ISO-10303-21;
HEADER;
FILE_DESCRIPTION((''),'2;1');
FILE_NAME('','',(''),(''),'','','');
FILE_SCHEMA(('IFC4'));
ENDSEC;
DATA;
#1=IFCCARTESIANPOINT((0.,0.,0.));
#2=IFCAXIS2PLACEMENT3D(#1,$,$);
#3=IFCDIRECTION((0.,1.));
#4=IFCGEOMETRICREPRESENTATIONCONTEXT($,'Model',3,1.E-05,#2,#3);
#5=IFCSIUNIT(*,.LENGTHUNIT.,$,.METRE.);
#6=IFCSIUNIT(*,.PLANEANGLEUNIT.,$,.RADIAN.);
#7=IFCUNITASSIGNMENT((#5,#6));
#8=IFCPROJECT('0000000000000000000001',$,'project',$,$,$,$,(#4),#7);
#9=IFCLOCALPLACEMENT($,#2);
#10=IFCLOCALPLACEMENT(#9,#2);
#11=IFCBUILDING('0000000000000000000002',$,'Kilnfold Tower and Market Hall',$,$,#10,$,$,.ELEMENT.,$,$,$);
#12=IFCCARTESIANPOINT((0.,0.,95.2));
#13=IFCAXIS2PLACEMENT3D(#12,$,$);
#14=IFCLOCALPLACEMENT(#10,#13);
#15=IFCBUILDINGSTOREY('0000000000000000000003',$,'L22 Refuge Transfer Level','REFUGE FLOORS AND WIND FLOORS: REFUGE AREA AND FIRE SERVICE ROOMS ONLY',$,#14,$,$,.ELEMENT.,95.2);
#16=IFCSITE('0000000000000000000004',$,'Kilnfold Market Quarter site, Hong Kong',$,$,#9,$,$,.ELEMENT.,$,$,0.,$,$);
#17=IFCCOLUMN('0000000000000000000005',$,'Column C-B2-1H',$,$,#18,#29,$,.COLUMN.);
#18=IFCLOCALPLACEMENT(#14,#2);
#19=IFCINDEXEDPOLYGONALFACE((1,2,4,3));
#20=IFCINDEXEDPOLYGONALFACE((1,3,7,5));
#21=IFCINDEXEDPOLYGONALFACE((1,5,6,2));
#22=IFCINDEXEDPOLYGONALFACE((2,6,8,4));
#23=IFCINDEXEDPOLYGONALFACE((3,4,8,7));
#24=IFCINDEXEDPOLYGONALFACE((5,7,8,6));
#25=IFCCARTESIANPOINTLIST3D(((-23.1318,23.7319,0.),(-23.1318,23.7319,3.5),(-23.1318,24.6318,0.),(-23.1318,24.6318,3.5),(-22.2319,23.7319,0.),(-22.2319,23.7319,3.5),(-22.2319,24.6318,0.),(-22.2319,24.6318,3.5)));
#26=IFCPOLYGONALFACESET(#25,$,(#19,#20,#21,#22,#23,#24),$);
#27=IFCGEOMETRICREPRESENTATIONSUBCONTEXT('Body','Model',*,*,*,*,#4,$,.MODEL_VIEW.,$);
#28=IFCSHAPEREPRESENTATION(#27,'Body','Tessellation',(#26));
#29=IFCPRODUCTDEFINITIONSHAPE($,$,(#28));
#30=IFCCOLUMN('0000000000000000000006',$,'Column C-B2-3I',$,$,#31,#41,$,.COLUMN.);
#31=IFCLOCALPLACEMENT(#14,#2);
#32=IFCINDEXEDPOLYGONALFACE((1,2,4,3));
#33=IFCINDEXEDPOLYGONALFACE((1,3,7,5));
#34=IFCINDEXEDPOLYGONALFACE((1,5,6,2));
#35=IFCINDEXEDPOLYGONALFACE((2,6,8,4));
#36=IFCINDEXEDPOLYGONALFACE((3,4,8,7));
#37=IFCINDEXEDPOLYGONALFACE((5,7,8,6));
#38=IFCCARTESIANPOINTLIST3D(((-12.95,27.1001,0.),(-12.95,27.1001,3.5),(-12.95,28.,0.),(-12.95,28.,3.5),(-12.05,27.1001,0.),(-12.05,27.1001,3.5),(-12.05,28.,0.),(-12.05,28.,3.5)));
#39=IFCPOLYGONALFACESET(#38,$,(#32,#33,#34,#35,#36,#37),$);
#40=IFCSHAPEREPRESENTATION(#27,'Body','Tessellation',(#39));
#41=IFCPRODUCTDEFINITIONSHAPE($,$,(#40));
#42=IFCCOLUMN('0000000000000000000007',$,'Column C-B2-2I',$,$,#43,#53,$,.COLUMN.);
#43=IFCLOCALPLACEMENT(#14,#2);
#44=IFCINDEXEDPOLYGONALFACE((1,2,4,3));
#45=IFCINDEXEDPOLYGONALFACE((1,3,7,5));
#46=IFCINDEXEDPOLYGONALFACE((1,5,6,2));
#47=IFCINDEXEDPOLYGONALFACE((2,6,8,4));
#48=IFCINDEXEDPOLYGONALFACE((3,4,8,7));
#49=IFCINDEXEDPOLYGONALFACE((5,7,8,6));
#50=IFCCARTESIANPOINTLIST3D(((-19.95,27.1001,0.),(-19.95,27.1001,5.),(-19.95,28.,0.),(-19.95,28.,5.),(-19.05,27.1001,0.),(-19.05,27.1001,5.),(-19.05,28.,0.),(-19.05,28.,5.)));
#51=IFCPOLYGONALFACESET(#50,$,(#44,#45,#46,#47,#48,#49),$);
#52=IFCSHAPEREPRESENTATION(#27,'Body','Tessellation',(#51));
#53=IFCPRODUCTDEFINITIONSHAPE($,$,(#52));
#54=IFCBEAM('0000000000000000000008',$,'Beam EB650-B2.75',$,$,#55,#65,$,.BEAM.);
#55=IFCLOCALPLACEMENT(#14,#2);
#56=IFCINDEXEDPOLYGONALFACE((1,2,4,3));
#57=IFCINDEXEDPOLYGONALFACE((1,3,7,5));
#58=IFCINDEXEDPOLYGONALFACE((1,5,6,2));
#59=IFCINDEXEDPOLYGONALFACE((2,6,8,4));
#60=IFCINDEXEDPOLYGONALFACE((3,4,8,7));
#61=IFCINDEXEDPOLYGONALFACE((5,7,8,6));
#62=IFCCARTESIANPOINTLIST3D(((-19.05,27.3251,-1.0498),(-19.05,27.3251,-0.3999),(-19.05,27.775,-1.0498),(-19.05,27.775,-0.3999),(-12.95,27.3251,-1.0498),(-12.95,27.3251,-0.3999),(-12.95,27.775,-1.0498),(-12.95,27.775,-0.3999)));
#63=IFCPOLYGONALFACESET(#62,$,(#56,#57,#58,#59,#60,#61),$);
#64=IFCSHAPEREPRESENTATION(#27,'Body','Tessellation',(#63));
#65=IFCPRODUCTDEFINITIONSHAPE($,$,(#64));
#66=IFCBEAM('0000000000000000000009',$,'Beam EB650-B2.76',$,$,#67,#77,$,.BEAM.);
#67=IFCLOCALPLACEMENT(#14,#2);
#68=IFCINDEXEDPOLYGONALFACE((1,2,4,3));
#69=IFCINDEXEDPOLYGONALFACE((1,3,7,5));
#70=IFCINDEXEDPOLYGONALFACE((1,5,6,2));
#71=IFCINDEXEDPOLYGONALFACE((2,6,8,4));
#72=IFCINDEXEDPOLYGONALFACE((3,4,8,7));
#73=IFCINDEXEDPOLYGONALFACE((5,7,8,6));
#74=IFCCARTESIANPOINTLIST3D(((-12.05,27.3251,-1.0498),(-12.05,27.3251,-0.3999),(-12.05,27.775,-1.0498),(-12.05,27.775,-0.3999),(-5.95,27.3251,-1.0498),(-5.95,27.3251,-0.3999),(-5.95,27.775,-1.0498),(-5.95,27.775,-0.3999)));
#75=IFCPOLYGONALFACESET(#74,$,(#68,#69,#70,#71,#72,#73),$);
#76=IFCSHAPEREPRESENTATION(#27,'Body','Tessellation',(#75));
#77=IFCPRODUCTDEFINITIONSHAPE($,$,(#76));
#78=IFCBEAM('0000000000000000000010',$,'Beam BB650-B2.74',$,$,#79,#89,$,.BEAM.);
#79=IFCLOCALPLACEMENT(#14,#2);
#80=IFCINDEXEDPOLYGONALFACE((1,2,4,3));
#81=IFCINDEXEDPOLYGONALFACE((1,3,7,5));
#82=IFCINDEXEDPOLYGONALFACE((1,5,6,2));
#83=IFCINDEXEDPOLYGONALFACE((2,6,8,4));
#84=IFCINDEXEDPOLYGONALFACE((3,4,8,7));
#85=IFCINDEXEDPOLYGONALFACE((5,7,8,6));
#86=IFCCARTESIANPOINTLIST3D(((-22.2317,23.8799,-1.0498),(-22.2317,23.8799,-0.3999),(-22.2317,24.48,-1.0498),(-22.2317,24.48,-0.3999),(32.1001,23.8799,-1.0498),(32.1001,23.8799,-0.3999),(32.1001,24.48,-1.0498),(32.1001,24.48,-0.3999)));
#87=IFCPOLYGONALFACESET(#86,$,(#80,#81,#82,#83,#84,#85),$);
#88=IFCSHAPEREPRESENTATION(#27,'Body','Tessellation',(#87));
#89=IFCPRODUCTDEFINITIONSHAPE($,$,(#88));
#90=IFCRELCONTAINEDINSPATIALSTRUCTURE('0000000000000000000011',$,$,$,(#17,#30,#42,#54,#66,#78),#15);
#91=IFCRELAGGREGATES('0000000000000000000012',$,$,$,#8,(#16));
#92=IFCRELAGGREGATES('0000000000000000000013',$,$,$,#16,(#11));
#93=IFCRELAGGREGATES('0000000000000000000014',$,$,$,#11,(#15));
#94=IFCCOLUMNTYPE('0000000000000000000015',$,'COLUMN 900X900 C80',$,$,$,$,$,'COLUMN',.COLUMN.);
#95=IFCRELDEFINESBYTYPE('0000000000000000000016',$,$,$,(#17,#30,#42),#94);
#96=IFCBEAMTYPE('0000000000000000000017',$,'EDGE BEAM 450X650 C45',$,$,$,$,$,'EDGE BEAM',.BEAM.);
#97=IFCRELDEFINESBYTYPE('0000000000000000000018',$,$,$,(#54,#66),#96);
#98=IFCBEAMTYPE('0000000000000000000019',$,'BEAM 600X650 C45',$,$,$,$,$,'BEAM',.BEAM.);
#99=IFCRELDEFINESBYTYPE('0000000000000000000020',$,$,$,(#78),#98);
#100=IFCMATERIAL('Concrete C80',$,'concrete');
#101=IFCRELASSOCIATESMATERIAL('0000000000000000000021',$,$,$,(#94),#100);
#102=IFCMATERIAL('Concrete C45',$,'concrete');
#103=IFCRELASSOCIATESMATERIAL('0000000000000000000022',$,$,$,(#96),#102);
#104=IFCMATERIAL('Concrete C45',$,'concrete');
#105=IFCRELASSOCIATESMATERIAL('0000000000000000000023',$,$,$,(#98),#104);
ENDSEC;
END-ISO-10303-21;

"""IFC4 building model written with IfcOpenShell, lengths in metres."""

from ifc_helpers import new_model, si_unit, direction, frame, origin, origin_2d, place, context, subcontext, project, spatial, rectangle, extrude, source, transform, mapped, material, material_profile, profile_set, type_object, element, save


model = new_model("IFC4")

# Units and contexts
model_context = context("Model", 3, precision=1e-05, world=origin(), true_north=direction((0.0, 1.0)))
body_context = subcontext(model_context, "Body", "Model", "MODEL_VIEW")
ifc_project = project(units=[si_unit("LENGTHUNIT", "METRE"), si_unit("PLANEANGLEUNIT", "RADIAN")], contexts=[model_context])

# Site, building, storey
site_placement = place(None, origin())
site = spatial("IfcSite", under=ifc_project, at=site_placement, Name="Kilnfold Market Quarter site, Hong Kong", CompositionType="ELEMENT", RefElevation=0.0)
building_placement = place(site_placement, origin())
building = spatial("IfcBuilding", under=site, at=building_placement, Name="Kilnfold Tower and Market Hall", CompositionType="ELEMENT")
storey_placement = place(building_placement, frame((0.0, 0.0, 95.2)))
storey = spatial("IfcBuildingStorey", under=building, at=storey_placement, Name="L22 Refuge Transfer Level", Description="REFUGE FLOORS AND WIND FLOORS: REFUGE AREA AND FIRE SERVICE ROOMS ONLY", CompositionType="ELEMENT", Elevation=95.2)

# Columns
ifc_material_1 = material(Name="Concrete C80", Category="concrete")
ifc_material_profile_1 = material_profile(ifc_material_1, rectangle(XDim=0.8999, YDim=0.8999, at=origin_2d()), Name="RC 900x900")
ifc_profile_set_1 = profile_set([ifc_material_profile_1], Name="Concrete C80")
column_type = type_object("IfcColumnType", Name="COLUMN 900X900 C80", ElementType="COLUMN", PredefinedType="COLUMN", material=ifc_profile_set_1)
shared_shape_1 = source(origin(), body_context, "Body", "SweptSolid", [
    extrude(rectangle(XDim=0.8999, YDim=0.8999, at=origin_2d()), origin(), (0.0, 0.0, 1.0), 3.5),
])
for number, where, z_axis, x_axis, name in (
    (1, (-22.6819, 24.1819, 0.0), (0.0, 0.0, 1.0), (1.0, 0.0, 0.0), "Column C-B2-1H"),
    (2, (-12.5, 27.55, 0.0), (0.0, 0.0, 1.0), (1.0, 0.0, 0.0), "Column C-B2-3I"),
):
    element("IfcColumn", number, at=place(storey_placement, frame(where, z_axis=z_axis, x_axis=x_axis)), inside=storey, type_object=column_type, Name=name, PredefinedType="COLUMN", context=body_context, shape_type="MappedRepresentation", body=[
        mapped(shared_shape_1, transform((0.0, 0.0, 0.0))),
    ])
shared_shape_2 = source(origin(), body_context, "Body", "SweptSolid", [
    extrude(rectangle(XDim=0.8999, YDim=0.8999, at=origin_2d()), origin(), (0.0, 0.0, 1.0), 5.0),
])
column_placement = place(storey_placement, frame((-19.5, 27.55, 0.0), z_axis=(0.0, 0.0, 1.0), x_axis=(1.0, 0.0, 0.0)))
element("IfcColumn", 3, at=column_placement, inside=storey, type_object=column_type, Name="Column C-B2-2I", PredefinedType="COLUMN", context=body_context, shape_type="MappedRepresentation", body=[
    mapped(shared_shape_2, transform((0.0, 0.0, 0.0))),
])

# Beams
ifc_material_2 = material(Name="Concrete C45", Category="concrete")
ifc_material_profile_2 = material_profile(ifc_material_2, rectangle(XDim=0.45, YDim=0.6499, at=origin_2d()), Name="RC 450x650")
ifc_profile_set_2 = profile_set([ifc_material_profile_2], Name="Concrete C45")
beam_type_1 = type_object("IfcBeamType", Name="EDGE BEAM 450X650 C45", ElementType="EDGE BEAM", PredefinedType="BEAM", material=ifc_profile_set_2)
shared_shape_3 = source(origin(), body_context, "Body", "SweptSolid", [
    extrude(rectangle(XDim=0.45, YDim=0.6499, at=origin_2d()), origin(), (0.0, 0.0, 1.0), 6.1001),
])
for number, where, z_axis, x_axis, name in (
    (4, (-19.05, 27.55, -0.7249), (1.0, 0.0, 0.0), (0.0, 1.0, 0.0), "Beam EB650-B2.75"),
    (5, (-12.05, 27.55, -0.7249), (1.0, 0.0, 0.0), (0.0, 1.0, 0.0), "Beam EB650-B2.76"),
):
    element("IfcBeam", number, at=place(storey_placement, frame(where, z_axis=z_axis, x_axis=x_axis)), inside=storey, type_object=beam_type_1, Name=name, PredefinedType="BEAM", context=body_context, shape_type="MappedRepresentation", body=[
        mapped(shared_shape_3, transform((0.0, 0.0, 0.0))),
    ])
ifc_material_3 = material(Name="Concrete C45", Category="concrete")
ifc_material_profile_3 = material_profile(ifc_material_3, rectangle(XDim=0.6001, YDim=0.6499, at=origin_2d()), Name="RC 600x650")
ifc_profile_set_3 = profile_set([ifc_material_profile_3], Name="Concrete C45")
beam_type_2 = type_object("IfcBeamType", Name="BEAM 600X650 C45", ElementType="BEAM", PredefinedType="BEAM", material=ifc_profile_set_3)
shared_shape_4 = source(origin(), body_context, "Body", "SweptSolid", [
    extrude(rectangle(XDim=0.6001, YDim=0.6499, at=origin_2d()), origin(), (0.0, 0.0, 1.0), 54.3318),
])
beam_placement = place(storey_placement, frame((-22.2317, 24.1799, -0.7249), z_axis=(1.0, 0.0, 0.0), x_axis=(0.0, 1.0, 0.0)))
element("IfcBeam", 6, at=beam_placement, inside=storey, type_object=beam_type_2, Name="Beam BB650-B2.74", PredefinedType="BEAM", context=body_context, shape_type="MappedRepresentation", body=[
    mapped(shared_shape_4, transform((0.0, 0.0, 0.0))),
])

save(model, "model.ifc")
